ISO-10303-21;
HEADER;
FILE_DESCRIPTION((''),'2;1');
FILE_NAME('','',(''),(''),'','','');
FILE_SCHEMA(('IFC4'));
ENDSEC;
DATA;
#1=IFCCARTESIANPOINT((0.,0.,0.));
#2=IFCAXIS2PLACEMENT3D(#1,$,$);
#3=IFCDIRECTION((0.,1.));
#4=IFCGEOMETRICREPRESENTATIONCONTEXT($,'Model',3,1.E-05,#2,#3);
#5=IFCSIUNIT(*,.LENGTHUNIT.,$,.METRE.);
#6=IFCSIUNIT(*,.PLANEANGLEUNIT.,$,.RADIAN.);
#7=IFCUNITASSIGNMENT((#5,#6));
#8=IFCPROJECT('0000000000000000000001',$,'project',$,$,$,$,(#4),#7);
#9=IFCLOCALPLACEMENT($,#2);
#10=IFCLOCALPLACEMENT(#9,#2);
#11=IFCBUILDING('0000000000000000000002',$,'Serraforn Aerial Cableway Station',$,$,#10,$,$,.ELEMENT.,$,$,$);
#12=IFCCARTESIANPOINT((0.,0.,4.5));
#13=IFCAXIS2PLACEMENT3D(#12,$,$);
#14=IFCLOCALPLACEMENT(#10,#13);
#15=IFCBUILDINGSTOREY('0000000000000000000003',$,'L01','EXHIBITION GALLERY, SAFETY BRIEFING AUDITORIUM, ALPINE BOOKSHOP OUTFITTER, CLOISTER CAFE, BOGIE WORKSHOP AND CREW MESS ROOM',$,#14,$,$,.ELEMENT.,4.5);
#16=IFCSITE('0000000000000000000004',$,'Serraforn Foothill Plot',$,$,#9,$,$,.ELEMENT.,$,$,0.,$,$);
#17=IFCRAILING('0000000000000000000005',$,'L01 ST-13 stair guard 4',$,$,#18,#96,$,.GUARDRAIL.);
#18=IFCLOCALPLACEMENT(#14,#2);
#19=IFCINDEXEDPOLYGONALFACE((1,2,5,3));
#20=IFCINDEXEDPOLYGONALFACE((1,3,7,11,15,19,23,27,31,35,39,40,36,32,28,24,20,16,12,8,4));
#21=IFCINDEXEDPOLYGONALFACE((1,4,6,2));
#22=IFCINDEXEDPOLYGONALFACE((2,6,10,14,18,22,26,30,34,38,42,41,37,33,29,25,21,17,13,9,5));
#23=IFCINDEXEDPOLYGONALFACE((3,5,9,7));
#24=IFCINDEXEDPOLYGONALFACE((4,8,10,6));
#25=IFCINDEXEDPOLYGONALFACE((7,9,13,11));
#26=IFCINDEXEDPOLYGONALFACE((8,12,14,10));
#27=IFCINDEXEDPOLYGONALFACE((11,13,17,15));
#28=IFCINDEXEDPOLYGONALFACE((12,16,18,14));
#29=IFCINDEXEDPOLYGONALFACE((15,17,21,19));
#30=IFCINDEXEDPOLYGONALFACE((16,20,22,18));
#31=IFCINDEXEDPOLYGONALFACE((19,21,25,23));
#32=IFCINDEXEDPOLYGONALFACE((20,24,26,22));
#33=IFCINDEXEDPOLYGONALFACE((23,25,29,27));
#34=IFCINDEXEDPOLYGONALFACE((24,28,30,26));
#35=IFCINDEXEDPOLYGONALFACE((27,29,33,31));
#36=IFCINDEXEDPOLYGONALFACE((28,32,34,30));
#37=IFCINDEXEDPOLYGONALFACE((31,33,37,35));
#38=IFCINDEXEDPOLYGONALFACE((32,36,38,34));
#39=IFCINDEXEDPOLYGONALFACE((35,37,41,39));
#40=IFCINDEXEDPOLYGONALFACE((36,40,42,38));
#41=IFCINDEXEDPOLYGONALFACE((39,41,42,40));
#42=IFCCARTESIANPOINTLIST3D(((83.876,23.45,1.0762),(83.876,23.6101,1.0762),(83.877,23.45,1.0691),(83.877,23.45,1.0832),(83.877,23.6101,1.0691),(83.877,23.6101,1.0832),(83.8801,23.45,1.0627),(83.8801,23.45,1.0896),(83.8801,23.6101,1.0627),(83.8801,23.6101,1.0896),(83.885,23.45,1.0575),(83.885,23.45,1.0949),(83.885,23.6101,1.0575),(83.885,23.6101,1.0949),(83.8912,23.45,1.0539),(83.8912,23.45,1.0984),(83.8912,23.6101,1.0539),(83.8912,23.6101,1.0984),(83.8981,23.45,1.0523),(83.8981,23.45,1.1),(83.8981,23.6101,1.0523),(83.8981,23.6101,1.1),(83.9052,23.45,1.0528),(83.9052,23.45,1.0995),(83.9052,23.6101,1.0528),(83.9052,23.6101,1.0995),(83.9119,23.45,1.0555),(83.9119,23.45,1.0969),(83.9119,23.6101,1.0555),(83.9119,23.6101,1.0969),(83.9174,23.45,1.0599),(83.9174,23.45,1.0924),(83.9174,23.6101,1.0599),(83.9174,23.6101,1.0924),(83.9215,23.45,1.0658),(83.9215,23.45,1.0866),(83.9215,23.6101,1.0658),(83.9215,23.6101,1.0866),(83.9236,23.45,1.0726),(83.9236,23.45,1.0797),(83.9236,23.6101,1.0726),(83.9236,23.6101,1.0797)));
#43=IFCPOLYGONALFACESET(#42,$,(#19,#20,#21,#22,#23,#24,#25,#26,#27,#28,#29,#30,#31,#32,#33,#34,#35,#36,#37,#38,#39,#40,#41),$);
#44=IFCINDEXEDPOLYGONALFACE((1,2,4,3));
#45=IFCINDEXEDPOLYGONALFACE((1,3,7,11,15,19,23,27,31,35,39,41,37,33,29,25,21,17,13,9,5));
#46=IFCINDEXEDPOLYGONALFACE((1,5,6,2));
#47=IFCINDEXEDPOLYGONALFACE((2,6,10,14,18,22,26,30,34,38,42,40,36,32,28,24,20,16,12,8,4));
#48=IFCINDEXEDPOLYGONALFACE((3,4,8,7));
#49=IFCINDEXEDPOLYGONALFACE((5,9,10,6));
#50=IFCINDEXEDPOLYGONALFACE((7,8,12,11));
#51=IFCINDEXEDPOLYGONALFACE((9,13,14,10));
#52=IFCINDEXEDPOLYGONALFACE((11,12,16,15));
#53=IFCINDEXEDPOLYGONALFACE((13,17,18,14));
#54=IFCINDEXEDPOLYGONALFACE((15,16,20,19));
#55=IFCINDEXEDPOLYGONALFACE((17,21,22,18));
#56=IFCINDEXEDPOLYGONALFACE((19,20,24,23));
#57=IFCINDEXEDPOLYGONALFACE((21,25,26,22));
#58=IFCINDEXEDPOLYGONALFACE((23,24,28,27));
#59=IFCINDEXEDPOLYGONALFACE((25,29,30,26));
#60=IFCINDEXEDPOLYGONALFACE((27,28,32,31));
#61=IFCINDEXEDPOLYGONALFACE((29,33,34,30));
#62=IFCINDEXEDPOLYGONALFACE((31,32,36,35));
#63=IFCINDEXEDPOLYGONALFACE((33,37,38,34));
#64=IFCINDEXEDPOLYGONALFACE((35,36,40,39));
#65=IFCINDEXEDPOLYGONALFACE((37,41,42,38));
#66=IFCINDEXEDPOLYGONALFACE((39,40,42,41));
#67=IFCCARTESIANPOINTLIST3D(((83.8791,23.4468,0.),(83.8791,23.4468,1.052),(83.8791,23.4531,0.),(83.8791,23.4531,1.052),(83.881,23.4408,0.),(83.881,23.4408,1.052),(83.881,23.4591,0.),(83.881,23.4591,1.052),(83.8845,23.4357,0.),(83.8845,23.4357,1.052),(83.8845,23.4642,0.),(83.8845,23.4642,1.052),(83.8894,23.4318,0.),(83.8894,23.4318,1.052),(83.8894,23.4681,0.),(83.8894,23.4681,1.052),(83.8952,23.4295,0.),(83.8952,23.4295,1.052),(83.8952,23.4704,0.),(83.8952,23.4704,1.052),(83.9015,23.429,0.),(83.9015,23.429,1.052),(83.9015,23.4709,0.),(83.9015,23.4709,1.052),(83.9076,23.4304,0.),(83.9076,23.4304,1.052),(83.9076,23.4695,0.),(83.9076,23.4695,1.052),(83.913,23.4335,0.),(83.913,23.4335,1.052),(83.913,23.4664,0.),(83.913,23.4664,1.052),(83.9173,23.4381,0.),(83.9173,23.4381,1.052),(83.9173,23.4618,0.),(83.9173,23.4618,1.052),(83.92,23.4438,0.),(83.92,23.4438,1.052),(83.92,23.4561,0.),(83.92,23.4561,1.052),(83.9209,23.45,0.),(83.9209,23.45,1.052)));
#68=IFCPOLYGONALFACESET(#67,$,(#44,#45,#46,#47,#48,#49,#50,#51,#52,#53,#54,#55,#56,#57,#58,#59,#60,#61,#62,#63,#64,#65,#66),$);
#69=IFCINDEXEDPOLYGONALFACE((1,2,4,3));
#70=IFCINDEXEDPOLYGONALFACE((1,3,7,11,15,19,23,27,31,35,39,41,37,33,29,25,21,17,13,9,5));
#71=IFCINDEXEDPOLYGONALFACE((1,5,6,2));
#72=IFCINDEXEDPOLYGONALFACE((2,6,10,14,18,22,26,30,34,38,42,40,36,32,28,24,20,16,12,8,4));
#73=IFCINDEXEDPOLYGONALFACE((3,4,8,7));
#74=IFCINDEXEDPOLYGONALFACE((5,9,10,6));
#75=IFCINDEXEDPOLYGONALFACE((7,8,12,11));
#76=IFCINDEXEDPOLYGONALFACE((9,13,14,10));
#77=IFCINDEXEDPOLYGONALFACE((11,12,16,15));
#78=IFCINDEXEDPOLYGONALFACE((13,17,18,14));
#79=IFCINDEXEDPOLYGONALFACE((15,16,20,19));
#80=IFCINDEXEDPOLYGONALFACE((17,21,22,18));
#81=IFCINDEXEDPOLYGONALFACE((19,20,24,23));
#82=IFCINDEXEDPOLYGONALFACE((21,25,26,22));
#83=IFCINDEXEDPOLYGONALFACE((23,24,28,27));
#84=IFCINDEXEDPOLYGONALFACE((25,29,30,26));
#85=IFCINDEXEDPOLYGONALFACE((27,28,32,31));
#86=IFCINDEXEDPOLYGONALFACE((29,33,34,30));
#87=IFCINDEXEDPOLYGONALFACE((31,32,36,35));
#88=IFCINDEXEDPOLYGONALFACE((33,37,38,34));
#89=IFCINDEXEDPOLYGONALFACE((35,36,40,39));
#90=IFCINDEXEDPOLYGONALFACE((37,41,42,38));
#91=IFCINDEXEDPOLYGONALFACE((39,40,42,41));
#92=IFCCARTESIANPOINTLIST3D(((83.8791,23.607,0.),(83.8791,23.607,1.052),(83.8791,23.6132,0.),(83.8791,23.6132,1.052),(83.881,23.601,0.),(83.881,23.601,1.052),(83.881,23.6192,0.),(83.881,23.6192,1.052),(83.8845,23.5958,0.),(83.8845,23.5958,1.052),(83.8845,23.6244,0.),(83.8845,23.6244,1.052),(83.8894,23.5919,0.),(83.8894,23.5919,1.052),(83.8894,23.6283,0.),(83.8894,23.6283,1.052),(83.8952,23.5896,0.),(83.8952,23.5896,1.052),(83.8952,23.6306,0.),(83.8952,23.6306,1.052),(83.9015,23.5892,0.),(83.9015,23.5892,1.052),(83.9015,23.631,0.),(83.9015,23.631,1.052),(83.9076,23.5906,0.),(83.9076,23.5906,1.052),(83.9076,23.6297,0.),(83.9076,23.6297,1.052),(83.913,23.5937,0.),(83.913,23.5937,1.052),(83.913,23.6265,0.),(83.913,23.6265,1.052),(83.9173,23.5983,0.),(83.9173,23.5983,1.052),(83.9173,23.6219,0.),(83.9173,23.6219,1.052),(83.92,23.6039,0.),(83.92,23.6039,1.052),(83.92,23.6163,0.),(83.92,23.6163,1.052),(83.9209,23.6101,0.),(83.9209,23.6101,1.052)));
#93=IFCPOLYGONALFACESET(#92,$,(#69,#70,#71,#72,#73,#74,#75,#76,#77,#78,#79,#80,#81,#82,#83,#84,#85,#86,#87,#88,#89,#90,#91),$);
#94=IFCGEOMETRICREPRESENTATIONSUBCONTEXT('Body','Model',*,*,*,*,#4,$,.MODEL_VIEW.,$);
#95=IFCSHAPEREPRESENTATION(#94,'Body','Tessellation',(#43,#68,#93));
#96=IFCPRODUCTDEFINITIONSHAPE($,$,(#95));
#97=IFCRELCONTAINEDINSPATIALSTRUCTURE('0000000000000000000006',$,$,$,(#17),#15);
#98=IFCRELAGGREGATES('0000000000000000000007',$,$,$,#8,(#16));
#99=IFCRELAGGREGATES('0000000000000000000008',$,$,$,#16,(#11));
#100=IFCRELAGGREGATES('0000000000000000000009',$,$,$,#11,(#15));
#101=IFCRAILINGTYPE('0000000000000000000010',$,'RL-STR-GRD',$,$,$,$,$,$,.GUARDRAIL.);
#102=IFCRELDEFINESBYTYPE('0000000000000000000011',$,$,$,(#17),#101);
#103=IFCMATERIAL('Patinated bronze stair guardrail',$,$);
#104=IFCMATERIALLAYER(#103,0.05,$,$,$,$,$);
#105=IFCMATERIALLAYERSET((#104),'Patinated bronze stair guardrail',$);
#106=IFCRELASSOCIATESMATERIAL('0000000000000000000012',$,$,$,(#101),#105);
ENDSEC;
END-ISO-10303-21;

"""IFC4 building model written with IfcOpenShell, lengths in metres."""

from ifc_helpers import new_model, si_unit, direction, frame, origin, origin_2d, place, context, subcontext, project, spatial, circle, extrude, material, layer, layer_set, type_object, element, save


model = new_model("IFC4")

# Units and contexts
model_context = context("Model", 3, precision=1e-05, world=origin(), true_north=direction((0.0, 1.0)))
body_context = subcontext(model_context, "Body", "Model", "MODEL_VIEW")
ifc_project = project(units=[si_unit("LENGTHUNIT", "METRE"), si_unit("PLANEANGLEUNIT", "RADIAN")], contexts=[model_context])

# Site, building, storey
site_placement = place(None, origin())
site = spatial("IfcSite", under=ifc_project, at=site_placement, Name="Serraforn Foothill Plot", CompositionType="ELEMENT", RefElevation=0.0)
building_placement = place(site_placement, origin())
building = spatial("IfcBuilding", under=site, at=building_placement, Name="Serraforn Aerial Cableway Station", CompositionType="ELEMENT")
storey_placement = place(building_placement, frame((0.0, 0.0, 4.5)))
storey = spatial("IfcBuildingStorey", under=building, at=storey_placement, Name="L01", Description="EXHIBITION GALLERY, SAFETY BRIEFING AUDITORIUM, ALPINE BOOKSHOP OUTFITTER, CLOISTER CAFE, BOGIE WORKSHOP AND CREW MESS ROOM", CompositionType="ELEMENT", Elevation=4.5)

# Railing
ifc_material_1 = material(Name="Patinated bronze stair guardrail")
ifc_layer_1 = layer(ifc_material_1, 0.05)
ifc_layer_set_1 = layer_set([ifc_layer_1], Name="Patinated bronze stair guardrail")
railing_type_1 = type_object("IfcRailingType", Name="RL-STR-GRD", PredefinedType="GUARDRAIL", material=ifc_layer_set_1)
railing_1_placement = place(storey_placement, frame((83.8999, 23.45, 0.0)))
element("IfcRailing", 1, at=railing_1_placement, inside=storey, type_object=railing_type_1, Name="L01 ST-13 stair guard 4", PredefinedType="GUARDRAIL", context=body_context, shape_type="SweptSolid", body=[
    extrude(circle(Radius=0.0239, at=origin_2d()), frame((0.0, 0.0, 1.0762), z_axis=(0.0, 1.0, 0.0), x_axis=(-1.0, 0.0, 0.0)), (0.0, 0.0, 1.0), 0.1602),
    extrude(circle(Radius=0.021, at=origin_2d()), origin(), (0.0, 0.0, 1.0), 1.052),
    extrude(circle(Radius=0.021, at=origin_2d()), frame((0.0, 0.1602, 0.0)), (0.0, 0.0, 1.0), 1.052),
])

save(model, "model.ifc")
